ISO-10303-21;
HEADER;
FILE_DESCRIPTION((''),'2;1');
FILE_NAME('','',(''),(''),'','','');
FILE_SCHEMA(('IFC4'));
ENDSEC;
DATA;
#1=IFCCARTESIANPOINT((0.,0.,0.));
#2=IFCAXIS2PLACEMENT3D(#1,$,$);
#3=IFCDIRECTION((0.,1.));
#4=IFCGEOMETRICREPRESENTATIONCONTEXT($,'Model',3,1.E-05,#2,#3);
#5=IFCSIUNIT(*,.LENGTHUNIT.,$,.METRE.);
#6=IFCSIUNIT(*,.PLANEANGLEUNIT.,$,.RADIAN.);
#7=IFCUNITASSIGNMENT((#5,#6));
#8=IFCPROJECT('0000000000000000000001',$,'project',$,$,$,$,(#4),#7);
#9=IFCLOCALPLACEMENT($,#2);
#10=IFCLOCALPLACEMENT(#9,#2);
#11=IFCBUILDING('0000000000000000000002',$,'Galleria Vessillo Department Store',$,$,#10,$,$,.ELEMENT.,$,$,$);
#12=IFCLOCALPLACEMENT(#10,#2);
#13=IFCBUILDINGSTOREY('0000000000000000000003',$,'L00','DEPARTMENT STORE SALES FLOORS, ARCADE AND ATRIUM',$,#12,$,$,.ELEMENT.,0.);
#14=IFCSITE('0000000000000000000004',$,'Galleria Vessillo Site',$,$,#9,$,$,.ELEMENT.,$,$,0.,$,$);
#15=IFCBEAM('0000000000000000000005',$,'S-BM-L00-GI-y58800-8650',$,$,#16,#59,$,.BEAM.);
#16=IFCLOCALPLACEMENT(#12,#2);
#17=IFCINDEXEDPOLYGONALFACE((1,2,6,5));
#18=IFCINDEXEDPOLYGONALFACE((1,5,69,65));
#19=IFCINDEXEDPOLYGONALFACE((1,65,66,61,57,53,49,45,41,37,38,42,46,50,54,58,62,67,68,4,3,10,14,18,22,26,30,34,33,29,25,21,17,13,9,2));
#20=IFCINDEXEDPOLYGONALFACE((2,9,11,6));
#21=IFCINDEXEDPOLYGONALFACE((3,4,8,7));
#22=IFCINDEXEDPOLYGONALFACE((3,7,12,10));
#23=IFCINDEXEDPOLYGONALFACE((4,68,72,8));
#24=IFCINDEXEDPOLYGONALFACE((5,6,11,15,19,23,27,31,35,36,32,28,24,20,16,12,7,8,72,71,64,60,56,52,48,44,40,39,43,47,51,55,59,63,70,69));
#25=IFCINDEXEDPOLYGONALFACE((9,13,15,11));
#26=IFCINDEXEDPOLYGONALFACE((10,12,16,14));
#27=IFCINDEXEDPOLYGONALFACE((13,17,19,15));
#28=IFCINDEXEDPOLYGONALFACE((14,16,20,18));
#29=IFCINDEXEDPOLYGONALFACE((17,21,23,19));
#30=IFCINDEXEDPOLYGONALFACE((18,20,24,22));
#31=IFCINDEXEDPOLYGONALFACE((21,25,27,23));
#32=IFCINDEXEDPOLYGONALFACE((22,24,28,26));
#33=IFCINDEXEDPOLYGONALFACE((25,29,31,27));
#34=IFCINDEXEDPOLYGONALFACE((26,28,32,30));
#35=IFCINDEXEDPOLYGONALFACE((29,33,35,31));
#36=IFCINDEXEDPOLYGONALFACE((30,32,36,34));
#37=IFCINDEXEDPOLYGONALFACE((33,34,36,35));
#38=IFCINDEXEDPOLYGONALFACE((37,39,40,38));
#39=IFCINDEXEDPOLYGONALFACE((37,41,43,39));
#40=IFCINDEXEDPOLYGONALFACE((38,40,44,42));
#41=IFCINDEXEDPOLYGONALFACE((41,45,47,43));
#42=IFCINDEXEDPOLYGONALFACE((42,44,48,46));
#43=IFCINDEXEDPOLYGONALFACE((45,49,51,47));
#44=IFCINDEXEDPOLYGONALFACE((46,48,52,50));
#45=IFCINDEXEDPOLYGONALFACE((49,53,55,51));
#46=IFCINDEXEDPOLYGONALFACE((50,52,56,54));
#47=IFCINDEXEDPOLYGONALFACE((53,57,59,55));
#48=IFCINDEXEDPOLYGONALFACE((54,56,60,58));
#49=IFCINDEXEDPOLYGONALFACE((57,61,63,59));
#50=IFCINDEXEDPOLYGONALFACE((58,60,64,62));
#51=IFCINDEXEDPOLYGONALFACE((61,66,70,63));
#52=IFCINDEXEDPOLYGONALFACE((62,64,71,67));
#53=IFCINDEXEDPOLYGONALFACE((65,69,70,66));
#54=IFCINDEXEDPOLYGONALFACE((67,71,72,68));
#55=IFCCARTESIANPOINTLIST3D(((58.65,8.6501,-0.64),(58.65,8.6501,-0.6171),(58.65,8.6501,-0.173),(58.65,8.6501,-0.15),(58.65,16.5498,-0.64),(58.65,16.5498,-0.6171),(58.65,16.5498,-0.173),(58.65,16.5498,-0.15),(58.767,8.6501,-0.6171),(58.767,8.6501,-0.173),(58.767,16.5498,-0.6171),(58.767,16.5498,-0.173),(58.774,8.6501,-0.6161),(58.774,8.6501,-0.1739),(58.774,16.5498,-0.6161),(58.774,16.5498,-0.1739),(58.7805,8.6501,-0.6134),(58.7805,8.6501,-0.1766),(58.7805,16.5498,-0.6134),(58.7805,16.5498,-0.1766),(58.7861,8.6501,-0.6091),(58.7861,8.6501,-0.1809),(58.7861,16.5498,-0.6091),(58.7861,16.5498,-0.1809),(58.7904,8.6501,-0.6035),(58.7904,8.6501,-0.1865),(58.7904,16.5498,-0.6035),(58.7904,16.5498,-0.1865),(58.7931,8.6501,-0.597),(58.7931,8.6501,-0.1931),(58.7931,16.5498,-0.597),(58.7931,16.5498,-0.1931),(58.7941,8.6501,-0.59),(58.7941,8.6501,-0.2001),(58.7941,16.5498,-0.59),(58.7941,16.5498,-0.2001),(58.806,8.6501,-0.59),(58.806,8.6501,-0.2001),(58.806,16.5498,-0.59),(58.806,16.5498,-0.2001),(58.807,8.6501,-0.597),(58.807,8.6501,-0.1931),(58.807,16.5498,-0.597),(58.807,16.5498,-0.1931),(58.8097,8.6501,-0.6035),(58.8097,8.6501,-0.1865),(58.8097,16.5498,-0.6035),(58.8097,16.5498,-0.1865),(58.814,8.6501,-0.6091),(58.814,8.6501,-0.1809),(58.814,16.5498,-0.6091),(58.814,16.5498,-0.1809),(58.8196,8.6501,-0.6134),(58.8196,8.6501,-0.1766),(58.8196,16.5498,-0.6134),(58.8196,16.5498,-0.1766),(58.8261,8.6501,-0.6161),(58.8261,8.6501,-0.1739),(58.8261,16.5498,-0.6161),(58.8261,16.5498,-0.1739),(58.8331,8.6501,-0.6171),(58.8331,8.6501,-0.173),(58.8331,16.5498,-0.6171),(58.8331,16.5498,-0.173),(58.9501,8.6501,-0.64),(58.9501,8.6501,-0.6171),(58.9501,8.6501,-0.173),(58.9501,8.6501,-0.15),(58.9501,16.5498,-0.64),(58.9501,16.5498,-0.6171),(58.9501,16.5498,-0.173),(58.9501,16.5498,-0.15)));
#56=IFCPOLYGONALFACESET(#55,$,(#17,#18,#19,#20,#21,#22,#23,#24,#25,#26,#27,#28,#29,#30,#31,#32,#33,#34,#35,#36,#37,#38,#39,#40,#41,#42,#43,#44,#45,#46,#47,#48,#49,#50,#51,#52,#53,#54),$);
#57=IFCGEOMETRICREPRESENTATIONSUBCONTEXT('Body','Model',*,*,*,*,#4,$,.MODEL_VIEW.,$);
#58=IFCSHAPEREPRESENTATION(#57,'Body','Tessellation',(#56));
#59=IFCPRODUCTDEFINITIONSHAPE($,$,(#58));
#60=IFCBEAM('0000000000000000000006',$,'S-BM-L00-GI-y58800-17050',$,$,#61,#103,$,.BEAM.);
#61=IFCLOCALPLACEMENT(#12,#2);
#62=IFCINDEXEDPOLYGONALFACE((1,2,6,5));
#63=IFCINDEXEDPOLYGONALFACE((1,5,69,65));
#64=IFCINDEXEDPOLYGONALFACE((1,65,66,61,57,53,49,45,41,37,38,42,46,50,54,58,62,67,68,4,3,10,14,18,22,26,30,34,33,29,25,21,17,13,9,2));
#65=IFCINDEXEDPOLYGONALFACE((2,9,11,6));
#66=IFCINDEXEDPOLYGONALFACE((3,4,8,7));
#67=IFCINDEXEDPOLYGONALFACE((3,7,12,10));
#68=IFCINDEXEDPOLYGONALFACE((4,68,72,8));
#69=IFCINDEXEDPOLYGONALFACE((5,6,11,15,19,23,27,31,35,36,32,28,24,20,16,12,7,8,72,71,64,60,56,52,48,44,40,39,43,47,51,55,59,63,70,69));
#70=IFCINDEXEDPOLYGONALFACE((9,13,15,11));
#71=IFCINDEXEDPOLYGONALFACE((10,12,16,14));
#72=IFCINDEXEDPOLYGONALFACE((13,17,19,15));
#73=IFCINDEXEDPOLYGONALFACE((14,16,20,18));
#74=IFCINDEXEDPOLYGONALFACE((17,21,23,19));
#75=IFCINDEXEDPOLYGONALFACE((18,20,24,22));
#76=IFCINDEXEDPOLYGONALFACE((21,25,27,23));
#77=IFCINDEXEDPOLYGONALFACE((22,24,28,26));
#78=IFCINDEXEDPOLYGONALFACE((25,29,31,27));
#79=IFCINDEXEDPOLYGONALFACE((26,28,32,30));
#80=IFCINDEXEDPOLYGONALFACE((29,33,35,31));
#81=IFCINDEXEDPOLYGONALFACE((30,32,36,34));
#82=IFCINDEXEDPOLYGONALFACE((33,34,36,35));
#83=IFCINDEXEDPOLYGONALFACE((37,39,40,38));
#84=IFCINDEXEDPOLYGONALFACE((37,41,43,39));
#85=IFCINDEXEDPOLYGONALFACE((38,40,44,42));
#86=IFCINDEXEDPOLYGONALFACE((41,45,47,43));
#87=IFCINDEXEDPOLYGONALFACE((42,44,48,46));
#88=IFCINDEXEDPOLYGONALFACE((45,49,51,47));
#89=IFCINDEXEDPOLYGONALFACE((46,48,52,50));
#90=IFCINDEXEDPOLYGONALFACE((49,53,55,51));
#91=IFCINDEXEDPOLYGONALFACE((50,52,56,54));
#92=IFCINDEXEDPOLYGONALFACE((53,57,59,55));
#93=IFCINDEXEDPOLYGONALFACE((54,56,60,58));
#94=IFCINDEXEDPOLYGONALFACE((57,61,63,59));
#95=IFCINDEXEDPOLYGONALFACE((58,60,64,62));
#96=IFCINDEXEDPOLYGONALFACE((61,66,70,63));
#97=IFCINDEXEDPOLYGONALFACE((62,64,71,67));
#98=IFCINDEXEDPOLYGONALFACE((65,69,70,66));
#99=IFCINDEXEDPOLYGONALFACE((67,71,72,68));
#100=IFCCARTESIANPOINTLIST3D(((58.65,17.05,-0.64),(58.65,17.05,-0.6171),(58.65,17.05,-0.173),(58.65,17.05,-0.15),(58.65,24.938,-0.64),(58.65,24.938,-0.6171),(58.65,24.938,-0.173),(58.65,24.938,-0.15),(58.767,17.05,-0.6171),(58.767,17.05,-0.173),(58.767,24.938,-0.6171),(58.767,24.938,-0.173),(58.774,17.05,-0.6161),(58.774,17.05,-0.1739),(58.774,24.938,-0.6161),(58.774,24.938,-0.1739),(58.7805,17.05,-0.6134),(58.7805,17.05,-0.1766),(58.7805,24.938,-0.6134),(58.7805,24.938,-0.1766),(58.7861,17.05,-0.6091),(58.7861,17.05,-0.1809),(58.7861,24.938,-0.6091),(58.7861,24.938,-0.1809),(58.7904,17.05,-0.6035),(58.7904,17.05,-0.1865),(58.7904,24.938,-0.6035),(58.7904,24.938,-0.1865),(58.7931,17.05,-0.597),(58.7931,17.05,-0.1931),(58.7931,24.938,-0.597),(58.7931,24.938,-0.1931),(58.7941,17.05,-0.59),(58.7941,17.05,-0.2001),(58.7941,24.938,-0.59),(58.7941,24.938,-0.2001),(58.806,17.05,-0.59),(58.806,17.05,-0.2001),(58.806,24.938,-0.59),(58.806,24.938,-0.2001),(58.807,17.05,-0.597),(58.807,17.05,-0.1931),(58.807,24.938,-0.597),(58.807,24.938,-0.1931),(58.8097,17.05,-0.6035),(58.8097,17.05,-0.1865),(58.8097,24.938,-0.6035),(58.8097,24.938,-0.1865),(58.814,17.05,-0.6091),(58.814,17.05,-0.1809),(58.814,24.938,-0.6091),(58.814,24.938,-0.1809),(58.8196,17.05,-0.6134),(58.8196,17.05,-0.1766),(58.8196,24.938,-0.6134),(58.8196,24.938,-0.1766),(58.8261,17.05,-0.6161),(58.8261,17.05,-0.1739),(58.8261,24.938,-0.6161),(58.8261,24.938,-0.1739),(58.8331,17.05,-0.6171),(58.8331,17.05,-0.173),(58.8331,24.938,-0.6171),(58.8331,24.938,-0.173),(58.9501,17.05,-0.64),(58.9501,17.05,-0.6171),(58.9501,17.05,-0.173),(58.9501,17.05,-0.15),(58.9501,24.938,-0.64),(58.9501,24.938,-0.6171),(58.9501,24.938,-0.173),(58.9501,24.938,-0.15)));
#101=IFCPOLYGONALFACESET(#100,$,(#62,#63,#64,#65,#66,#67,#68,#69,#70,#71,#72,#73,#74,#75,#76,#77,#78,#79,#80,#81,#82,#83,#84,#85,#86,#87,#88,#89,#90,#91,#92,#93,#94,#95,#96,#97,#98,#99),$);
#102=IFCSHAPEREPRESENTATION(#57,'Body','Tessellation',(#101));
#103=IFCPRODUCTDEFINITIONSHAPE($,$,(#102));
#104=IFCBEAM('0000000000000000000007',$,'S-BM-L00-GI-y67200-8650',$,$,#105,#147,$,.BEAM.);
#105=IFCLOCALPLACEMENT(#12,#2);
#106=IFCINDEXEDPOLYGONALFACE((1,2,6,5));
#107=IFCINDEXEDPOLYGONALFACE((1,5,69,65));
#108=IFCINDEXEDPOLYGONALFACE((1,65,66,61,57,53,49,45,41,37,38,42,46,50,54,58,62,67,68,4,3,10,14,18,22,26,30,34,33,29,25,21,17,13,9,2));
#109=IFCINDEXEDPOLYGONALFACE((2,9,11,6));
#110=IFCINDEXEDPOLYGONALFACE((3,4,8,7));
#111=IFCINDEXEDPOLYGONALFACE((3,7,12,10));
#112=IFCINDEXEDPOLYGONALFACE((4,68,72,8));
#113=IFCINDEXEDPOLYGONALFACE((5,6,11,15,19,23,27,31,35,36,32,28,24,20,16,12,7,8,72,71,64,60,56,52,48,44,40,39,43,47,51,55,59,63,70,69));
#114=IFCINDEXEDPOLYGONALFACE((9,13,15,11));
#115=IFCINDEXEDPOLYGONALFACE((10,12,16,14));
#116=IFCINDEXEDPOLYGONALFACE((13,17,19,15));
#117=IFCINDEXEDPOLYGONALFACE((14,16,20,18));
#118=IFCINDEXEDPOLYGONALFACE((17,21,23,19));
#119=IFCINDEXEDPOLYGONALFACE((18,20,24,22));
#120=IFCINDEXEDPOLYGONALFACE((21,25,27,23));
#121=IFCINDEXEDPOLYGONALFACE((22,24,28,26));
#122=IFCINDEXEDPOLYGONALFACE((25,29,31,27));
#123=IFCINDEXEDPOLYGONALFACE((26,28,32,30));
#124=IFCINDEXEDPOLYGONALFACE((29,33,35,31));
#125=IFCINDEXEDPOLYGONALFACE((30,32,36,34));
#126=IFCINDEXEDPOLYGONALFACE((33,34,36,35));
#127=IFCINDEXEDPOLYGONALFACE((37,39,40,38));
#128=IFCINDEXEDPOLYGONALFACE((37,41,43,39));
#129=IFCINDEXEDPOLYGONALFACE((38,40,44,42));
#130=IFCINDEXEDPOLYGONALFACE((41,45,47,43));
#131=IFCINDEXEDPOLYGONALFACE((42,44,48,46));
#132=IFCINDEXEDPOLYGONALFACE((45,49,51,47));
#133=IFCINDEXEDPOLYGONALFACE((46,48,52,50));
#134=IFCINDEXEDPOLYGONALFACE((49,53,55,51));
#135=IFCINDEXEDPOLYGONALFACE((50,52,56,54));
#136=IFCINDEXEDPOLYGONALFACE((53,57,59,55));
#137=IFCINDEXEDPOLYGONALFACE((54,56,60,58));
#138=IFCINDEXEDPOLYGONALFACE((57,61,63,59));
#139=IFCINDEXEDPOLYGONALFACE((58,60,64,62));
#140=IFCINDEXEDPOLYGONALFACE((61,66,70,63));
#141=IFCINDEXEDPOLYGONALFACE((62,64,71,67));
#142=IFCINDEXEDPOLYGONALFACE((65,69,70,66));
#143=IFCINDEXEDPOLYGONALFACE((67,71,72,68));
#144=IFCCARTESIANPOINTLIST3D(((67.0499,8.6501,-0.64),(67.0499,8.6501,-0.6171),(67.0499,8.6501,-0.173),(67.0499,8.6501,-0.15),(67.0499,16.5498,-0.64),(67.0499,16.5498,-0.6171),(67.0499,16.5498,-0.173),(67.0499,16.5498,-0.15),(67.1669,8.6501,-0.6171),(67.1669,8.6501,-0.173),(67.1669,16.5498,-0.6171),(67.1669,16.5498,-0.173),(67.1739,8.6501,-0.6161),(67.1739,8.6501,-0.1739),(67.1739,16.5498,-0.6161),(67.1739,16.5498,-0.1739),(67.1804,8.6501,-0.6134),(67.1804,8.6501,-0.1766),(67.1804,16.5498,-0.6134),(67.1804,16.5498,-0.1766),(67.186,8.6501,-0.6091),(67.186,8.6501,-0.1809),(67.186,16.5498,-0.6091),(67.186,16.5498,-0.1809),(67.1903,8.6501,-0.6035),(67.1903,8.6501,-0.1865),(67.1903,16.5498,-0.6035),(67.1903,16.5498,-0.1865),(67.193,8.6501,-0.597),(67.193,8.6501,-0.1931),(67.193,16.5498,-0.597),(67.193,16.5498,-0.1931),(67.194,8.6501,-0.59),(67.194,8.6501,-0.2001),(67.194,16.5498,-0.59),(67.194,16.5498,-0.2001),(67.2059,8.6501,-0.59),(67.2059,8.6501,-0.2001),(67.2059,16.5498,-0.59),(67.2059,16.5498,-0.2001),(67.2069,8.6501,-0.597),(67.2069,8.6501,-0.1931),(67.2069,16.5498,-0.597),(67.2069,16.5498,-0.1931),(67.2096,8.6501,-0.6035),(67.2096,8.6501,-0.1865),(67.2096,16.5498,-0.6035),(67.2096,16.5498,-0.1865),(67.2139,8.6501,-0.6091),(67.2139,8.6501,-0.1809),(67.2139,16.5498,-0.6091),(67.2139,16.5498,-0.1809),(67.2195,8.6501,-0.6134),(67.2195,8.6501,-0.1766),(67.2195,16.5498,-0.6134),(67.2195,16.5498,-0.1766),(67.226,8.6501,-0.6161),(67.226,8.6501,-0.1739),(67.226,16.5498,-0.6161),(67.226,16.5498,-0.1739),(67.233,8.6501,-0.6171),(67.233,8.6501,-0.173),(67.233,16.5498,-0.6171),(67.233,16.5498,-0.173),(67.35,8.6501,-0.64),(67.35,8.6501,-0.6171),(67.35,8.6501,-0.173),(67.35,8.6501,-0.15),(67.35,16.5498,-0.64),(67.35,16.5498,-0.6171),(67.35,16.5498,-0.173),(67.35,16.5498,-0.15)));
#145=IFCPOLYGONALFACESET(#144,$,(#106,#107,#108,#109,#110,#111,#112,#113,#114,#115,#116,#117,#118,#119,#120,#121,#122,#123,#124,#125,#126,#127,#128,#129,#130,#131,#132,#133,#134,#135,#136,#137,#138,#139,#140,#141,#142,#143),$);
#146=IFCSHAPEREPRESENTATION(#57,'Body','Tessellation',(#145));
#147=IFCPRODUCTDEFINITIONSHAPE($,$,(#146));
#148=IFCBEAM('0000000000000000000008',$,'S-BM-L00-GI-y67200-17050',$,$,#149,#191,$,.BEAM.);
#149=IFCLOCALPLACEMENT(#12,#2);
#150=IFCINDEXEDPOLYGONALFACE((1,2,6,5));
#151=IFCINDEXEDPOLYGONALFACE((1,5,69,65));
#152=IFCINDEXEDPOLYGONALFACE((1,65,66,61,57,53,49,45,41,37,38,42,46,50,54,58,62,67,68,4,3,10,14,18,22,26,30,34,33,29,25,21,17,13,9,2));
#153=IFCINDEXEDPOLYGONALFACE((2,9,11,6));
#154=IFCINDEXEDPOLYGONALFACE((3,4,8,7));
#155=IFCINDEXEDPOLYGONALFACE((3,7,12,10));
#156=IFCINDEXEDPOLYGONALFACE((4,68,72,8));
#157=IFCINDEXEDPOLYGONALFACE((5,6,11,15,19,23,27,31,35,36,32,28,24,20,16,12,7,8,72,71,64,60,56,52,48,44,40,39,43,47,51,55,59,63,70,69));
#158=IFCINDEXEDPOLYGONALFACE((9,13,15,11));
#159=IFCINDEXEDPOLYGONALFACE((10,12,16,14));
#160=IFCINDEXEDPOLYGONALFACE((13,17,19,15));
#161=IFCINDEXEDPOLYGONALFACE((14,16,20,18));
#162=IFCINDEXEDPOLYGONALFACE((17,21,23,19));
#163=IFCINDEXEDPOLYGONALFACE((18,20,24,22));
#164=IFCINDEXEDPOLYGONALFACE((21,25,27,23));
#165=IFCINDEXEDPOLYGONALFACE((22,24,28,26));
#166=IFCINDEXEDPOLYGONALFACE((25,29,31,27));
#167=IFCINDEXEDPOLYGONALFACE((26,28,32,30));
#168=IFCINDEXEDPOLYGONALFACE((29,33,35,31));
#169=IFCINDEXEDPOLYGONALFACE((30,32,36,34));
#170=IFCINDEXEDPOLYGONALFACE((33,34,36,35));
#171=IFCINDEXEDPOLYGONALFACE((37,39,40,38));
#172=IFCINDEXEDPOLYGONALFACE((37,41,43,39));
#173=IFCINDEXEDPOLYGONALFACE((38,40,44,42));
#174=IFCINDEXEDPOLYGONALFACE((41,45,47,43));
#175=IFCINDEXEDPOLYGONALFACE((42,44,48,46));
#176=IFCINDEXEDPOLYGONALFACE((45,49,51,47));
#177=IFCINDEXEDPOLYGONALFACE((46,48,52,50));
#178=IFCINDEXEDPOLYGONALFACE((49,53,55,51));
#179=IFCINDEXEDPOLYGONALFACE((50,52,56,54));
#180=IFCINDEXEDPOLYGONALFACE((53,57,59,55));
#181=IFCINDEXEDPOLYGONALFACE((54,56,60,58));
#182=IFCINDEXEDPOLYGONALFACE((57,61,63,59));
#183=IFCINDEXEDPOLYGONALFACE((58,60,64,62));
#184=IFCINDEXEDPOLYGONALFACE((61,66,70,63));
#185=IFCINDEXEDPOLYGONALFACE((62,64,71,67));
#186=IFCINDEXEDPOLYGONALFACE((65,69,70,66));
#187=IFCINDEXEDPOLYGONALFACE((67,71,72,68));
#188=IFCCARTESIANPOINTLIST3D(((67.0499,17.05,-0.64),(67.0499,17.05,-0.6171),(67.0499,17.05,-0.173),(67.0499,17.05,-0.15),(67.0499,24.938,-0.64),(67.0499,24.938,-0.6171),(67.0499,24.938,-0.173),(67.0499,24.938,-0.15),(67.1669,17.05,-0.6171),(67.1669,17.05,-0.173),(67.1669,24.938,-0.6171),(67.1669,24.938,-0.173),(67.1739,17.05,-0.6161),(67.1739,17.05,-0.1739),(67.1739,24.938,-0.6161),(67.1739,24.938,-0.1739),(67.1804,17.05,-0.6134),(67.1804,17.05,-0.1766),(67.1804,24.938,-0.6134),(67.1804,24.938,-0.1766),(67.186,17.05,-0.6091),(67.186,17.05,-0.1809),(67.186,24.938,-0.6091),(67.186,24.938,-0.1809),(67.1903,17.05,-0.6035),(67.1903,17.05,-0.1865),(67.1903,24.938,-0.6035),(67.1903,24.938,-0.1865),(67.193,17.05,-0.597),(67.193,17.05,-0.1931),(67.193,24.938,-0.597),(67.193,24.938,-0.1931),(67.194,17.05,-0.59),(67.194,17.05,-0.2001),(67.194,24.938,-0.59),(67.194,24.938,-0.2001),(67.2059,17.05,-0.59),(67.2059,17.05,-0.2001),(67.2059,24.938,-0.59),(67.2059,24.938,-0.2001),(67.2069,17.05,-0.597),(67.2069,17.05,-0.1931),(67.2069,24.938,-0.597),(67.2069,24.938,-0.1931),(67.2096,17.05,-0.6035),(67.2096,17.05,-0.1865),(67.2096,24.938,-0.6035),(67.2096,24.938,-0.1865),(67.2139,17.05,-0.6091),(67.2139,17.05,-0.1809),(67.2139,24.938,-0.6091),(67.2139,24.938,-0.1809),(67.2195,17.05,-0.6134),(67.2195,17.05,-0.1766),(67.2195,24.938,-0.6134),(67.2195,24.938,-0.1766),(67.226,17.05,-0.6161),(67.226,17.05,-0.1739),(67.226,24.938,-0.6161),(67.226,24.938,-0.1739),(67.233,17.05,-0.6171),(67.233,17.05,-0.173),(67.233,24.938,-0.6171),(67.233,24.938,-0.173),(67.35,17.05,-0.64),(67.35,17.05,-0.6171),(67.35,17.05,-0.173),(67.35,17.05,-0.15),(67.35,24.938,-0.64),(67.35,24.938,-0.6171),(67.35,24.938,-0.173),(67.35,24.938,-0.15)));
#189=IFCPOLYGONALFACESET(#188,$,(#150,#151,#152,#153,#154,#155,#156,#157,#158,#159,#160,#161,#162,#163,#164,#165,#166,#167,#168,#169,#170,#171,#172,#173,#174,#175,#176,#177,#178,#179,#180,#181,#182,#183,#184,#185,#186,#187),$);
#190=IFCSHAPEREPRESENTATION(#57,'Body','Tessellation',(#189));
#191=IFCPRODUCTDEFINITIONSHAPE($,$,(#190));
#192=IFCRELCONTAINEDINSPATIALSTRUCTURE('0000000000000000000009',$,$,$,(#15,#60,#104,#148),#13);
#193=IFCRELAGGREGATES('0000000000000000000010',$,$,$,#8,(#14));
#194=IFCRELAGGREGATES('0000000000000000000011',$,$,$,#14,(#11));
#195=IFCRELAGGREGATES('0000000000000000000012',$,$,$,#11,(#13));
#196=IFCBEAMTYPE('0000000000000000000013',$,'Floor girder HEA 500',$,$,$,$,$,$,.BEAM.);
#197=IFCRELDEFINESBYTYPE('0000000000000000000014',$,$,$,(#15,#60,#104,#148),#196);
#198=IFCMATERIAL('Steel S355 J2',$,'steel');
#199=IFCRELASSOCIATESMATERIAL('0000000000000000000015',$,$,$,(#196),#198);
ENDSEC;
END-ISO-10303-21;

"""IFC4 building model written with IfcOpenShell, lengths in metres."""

from ifc_helpers import new_model, si_unit, direction, frame, origin, origin_2d, place, context, subcontext, project, spatial, i_section, extrude, material, material_profile, profile_set, type_object, element, save


model = new_model("IFC4")

# Units and contexts
model_context = context("Model", 3, precision=1e-05, world=origin(), true_north=direction((0.0, 1.0)))
body_context = subcontext(model_context, "Body", "Model", "MODEL_VIEW")
ifc_project = project(units=[si_unit("LENGTHUNIT", "METRE"), si_unit("PLANEANGLEUNIT", "RADIAN")], contexts=[model_context])

# Site, building, storey
site_placement = place(None, origin())
site = spatial("IfcSite", under=ifc_project, at=site_placement, Name="Galleria Vessillo Site", CompositionType="ELEMENT", RefElevation=0.0)
building_placement = place(site_placement, origin())
building = spatial("IfcBuilding", under=site, at=building_placement, Name="Galleria Vessillo Department Store", CompositionType="ELEMENT")
storey_placement = place(building_placement, origin())
storey = spatial("IfcBuildingStorey", under=building, at=storey_placement, Name="L00", Description="DEPARTMENT STORE SALES FLOORS, ARCADE AND ATRIUM", CompositionType="ELEMENT", Elevation=0.0)

# Beams
ifc_material_1 = material(Name="Steel S355 J2", Category="steel")
ifc_material_profile_1 = material_profile(ifc_material_1, i_section(OverallWidth=0.3, OverallDepth=0.49, WebThickness=0.012, FlangeThickness=0.0229, FilletRadius=0.0271, at=origin_2d()), Name="HEA 500")
ifc_profile_set_1 = profile_set([ifc_material_profile_1], Name="Steel S355 J2")
beam_type_1 = type_object("IfcBeamType", Name="Floor girder HEA 500", PredefinedType="BEAM", material=ifc_profile_set_1)
beam_1_placement = place(storey_placement, frame((58.8, 8.6501, -0.395), z_axis=(0.0, 1.0, 0.0), x_axis=(-1.0, 0.0, 0.0)))
element("IfcBeam", 1, at=beam_1_placement, inside=storey, type_object=beam_type_1, Name="S-BM-L00-GI-y58800-8650", PredefinedType="BEAM", context=body_context, shape_type="SweptSolid", body=[
    extrude(i_section(OverallWidth=0.3, OverallDepth=0.49, WebThickness=0.012, FlangeThickness=0.0229, FilletRadius=0.0271, at=origin_2d()), origin(), (0.0, 0.0, 1.0), 7.8997),
])
beam_2_placement = place(storey_placement, frame((58.8, 17.05, -0.395), z_axis=(0.0, 1.0, 0.0), x_axis=(-1.0, 0.0, 0.0)))
element("IfcBeam", 2, at=beam_2_placement, inside=storey, type_object=beam_type_1, Name="S-BM-L00-GI-y58800-17050", PredefinedType="BEAM", context=body_context, shape_type="SweptSolid", body=[
    extrude(i_section(OverallWidth=0.3, OverallDepth=0.49, WebThickness=0.012, FlangeThickness=0.0229, FilletRadius=0.0271, at=origin_2d()), origin(), (0.0, 0.0, 1.0), 7.8879),
])
beam_3_placement = place(storey_placement, frame((67.2, 8.6501, -0.395), z_axis=(0.0, 1.0, 0.0), x_axis=(-1.0, 0.0, 0.0)))
element("IfcBeam", 3, at=beam_3_placement, inside=storey, type_object=beam_type_1, Name="S-BM-L00-GI-y67200-8650", PredefinedType="BEAM", context=body_context, shape_type="SweptSolid", body=[
    extrude(i_section(OverallWidth=0.3, OverallDepth=0.49, WebThickness=0.012, FlangeThickness=0.0229, FilletRadius=0.0271, at=origin_2d()), origin(), (0.0, 0.0, 1.0), 7.8997),
])
beam_4_placement = place(storey_placement, frame((67.2, 17.05, -0.395), z_axis=(0.0, 1.0, 0.0), x_axis=(-1.0, 0.0, 0.0)))
element("IfcBeam", 4, at=beam_4_placement, inside=storey, type_object=beam_type_1, Name="S-BM-L00-GI-y67200-17050", PredefinedType="BEAM", context=body_context, shape_type="SweptSolid", body=[
    extrude(i_section(OverallWidth=0.3, OverallDepth=0.49, WebThickness=0.012, FlangeThickness=0.0229, FilletRadius=0.0271, at=origin_2d()), origin(), (0.0, 0.0, 1.0), 7.8879),
])

save(model, "model.ifc")
